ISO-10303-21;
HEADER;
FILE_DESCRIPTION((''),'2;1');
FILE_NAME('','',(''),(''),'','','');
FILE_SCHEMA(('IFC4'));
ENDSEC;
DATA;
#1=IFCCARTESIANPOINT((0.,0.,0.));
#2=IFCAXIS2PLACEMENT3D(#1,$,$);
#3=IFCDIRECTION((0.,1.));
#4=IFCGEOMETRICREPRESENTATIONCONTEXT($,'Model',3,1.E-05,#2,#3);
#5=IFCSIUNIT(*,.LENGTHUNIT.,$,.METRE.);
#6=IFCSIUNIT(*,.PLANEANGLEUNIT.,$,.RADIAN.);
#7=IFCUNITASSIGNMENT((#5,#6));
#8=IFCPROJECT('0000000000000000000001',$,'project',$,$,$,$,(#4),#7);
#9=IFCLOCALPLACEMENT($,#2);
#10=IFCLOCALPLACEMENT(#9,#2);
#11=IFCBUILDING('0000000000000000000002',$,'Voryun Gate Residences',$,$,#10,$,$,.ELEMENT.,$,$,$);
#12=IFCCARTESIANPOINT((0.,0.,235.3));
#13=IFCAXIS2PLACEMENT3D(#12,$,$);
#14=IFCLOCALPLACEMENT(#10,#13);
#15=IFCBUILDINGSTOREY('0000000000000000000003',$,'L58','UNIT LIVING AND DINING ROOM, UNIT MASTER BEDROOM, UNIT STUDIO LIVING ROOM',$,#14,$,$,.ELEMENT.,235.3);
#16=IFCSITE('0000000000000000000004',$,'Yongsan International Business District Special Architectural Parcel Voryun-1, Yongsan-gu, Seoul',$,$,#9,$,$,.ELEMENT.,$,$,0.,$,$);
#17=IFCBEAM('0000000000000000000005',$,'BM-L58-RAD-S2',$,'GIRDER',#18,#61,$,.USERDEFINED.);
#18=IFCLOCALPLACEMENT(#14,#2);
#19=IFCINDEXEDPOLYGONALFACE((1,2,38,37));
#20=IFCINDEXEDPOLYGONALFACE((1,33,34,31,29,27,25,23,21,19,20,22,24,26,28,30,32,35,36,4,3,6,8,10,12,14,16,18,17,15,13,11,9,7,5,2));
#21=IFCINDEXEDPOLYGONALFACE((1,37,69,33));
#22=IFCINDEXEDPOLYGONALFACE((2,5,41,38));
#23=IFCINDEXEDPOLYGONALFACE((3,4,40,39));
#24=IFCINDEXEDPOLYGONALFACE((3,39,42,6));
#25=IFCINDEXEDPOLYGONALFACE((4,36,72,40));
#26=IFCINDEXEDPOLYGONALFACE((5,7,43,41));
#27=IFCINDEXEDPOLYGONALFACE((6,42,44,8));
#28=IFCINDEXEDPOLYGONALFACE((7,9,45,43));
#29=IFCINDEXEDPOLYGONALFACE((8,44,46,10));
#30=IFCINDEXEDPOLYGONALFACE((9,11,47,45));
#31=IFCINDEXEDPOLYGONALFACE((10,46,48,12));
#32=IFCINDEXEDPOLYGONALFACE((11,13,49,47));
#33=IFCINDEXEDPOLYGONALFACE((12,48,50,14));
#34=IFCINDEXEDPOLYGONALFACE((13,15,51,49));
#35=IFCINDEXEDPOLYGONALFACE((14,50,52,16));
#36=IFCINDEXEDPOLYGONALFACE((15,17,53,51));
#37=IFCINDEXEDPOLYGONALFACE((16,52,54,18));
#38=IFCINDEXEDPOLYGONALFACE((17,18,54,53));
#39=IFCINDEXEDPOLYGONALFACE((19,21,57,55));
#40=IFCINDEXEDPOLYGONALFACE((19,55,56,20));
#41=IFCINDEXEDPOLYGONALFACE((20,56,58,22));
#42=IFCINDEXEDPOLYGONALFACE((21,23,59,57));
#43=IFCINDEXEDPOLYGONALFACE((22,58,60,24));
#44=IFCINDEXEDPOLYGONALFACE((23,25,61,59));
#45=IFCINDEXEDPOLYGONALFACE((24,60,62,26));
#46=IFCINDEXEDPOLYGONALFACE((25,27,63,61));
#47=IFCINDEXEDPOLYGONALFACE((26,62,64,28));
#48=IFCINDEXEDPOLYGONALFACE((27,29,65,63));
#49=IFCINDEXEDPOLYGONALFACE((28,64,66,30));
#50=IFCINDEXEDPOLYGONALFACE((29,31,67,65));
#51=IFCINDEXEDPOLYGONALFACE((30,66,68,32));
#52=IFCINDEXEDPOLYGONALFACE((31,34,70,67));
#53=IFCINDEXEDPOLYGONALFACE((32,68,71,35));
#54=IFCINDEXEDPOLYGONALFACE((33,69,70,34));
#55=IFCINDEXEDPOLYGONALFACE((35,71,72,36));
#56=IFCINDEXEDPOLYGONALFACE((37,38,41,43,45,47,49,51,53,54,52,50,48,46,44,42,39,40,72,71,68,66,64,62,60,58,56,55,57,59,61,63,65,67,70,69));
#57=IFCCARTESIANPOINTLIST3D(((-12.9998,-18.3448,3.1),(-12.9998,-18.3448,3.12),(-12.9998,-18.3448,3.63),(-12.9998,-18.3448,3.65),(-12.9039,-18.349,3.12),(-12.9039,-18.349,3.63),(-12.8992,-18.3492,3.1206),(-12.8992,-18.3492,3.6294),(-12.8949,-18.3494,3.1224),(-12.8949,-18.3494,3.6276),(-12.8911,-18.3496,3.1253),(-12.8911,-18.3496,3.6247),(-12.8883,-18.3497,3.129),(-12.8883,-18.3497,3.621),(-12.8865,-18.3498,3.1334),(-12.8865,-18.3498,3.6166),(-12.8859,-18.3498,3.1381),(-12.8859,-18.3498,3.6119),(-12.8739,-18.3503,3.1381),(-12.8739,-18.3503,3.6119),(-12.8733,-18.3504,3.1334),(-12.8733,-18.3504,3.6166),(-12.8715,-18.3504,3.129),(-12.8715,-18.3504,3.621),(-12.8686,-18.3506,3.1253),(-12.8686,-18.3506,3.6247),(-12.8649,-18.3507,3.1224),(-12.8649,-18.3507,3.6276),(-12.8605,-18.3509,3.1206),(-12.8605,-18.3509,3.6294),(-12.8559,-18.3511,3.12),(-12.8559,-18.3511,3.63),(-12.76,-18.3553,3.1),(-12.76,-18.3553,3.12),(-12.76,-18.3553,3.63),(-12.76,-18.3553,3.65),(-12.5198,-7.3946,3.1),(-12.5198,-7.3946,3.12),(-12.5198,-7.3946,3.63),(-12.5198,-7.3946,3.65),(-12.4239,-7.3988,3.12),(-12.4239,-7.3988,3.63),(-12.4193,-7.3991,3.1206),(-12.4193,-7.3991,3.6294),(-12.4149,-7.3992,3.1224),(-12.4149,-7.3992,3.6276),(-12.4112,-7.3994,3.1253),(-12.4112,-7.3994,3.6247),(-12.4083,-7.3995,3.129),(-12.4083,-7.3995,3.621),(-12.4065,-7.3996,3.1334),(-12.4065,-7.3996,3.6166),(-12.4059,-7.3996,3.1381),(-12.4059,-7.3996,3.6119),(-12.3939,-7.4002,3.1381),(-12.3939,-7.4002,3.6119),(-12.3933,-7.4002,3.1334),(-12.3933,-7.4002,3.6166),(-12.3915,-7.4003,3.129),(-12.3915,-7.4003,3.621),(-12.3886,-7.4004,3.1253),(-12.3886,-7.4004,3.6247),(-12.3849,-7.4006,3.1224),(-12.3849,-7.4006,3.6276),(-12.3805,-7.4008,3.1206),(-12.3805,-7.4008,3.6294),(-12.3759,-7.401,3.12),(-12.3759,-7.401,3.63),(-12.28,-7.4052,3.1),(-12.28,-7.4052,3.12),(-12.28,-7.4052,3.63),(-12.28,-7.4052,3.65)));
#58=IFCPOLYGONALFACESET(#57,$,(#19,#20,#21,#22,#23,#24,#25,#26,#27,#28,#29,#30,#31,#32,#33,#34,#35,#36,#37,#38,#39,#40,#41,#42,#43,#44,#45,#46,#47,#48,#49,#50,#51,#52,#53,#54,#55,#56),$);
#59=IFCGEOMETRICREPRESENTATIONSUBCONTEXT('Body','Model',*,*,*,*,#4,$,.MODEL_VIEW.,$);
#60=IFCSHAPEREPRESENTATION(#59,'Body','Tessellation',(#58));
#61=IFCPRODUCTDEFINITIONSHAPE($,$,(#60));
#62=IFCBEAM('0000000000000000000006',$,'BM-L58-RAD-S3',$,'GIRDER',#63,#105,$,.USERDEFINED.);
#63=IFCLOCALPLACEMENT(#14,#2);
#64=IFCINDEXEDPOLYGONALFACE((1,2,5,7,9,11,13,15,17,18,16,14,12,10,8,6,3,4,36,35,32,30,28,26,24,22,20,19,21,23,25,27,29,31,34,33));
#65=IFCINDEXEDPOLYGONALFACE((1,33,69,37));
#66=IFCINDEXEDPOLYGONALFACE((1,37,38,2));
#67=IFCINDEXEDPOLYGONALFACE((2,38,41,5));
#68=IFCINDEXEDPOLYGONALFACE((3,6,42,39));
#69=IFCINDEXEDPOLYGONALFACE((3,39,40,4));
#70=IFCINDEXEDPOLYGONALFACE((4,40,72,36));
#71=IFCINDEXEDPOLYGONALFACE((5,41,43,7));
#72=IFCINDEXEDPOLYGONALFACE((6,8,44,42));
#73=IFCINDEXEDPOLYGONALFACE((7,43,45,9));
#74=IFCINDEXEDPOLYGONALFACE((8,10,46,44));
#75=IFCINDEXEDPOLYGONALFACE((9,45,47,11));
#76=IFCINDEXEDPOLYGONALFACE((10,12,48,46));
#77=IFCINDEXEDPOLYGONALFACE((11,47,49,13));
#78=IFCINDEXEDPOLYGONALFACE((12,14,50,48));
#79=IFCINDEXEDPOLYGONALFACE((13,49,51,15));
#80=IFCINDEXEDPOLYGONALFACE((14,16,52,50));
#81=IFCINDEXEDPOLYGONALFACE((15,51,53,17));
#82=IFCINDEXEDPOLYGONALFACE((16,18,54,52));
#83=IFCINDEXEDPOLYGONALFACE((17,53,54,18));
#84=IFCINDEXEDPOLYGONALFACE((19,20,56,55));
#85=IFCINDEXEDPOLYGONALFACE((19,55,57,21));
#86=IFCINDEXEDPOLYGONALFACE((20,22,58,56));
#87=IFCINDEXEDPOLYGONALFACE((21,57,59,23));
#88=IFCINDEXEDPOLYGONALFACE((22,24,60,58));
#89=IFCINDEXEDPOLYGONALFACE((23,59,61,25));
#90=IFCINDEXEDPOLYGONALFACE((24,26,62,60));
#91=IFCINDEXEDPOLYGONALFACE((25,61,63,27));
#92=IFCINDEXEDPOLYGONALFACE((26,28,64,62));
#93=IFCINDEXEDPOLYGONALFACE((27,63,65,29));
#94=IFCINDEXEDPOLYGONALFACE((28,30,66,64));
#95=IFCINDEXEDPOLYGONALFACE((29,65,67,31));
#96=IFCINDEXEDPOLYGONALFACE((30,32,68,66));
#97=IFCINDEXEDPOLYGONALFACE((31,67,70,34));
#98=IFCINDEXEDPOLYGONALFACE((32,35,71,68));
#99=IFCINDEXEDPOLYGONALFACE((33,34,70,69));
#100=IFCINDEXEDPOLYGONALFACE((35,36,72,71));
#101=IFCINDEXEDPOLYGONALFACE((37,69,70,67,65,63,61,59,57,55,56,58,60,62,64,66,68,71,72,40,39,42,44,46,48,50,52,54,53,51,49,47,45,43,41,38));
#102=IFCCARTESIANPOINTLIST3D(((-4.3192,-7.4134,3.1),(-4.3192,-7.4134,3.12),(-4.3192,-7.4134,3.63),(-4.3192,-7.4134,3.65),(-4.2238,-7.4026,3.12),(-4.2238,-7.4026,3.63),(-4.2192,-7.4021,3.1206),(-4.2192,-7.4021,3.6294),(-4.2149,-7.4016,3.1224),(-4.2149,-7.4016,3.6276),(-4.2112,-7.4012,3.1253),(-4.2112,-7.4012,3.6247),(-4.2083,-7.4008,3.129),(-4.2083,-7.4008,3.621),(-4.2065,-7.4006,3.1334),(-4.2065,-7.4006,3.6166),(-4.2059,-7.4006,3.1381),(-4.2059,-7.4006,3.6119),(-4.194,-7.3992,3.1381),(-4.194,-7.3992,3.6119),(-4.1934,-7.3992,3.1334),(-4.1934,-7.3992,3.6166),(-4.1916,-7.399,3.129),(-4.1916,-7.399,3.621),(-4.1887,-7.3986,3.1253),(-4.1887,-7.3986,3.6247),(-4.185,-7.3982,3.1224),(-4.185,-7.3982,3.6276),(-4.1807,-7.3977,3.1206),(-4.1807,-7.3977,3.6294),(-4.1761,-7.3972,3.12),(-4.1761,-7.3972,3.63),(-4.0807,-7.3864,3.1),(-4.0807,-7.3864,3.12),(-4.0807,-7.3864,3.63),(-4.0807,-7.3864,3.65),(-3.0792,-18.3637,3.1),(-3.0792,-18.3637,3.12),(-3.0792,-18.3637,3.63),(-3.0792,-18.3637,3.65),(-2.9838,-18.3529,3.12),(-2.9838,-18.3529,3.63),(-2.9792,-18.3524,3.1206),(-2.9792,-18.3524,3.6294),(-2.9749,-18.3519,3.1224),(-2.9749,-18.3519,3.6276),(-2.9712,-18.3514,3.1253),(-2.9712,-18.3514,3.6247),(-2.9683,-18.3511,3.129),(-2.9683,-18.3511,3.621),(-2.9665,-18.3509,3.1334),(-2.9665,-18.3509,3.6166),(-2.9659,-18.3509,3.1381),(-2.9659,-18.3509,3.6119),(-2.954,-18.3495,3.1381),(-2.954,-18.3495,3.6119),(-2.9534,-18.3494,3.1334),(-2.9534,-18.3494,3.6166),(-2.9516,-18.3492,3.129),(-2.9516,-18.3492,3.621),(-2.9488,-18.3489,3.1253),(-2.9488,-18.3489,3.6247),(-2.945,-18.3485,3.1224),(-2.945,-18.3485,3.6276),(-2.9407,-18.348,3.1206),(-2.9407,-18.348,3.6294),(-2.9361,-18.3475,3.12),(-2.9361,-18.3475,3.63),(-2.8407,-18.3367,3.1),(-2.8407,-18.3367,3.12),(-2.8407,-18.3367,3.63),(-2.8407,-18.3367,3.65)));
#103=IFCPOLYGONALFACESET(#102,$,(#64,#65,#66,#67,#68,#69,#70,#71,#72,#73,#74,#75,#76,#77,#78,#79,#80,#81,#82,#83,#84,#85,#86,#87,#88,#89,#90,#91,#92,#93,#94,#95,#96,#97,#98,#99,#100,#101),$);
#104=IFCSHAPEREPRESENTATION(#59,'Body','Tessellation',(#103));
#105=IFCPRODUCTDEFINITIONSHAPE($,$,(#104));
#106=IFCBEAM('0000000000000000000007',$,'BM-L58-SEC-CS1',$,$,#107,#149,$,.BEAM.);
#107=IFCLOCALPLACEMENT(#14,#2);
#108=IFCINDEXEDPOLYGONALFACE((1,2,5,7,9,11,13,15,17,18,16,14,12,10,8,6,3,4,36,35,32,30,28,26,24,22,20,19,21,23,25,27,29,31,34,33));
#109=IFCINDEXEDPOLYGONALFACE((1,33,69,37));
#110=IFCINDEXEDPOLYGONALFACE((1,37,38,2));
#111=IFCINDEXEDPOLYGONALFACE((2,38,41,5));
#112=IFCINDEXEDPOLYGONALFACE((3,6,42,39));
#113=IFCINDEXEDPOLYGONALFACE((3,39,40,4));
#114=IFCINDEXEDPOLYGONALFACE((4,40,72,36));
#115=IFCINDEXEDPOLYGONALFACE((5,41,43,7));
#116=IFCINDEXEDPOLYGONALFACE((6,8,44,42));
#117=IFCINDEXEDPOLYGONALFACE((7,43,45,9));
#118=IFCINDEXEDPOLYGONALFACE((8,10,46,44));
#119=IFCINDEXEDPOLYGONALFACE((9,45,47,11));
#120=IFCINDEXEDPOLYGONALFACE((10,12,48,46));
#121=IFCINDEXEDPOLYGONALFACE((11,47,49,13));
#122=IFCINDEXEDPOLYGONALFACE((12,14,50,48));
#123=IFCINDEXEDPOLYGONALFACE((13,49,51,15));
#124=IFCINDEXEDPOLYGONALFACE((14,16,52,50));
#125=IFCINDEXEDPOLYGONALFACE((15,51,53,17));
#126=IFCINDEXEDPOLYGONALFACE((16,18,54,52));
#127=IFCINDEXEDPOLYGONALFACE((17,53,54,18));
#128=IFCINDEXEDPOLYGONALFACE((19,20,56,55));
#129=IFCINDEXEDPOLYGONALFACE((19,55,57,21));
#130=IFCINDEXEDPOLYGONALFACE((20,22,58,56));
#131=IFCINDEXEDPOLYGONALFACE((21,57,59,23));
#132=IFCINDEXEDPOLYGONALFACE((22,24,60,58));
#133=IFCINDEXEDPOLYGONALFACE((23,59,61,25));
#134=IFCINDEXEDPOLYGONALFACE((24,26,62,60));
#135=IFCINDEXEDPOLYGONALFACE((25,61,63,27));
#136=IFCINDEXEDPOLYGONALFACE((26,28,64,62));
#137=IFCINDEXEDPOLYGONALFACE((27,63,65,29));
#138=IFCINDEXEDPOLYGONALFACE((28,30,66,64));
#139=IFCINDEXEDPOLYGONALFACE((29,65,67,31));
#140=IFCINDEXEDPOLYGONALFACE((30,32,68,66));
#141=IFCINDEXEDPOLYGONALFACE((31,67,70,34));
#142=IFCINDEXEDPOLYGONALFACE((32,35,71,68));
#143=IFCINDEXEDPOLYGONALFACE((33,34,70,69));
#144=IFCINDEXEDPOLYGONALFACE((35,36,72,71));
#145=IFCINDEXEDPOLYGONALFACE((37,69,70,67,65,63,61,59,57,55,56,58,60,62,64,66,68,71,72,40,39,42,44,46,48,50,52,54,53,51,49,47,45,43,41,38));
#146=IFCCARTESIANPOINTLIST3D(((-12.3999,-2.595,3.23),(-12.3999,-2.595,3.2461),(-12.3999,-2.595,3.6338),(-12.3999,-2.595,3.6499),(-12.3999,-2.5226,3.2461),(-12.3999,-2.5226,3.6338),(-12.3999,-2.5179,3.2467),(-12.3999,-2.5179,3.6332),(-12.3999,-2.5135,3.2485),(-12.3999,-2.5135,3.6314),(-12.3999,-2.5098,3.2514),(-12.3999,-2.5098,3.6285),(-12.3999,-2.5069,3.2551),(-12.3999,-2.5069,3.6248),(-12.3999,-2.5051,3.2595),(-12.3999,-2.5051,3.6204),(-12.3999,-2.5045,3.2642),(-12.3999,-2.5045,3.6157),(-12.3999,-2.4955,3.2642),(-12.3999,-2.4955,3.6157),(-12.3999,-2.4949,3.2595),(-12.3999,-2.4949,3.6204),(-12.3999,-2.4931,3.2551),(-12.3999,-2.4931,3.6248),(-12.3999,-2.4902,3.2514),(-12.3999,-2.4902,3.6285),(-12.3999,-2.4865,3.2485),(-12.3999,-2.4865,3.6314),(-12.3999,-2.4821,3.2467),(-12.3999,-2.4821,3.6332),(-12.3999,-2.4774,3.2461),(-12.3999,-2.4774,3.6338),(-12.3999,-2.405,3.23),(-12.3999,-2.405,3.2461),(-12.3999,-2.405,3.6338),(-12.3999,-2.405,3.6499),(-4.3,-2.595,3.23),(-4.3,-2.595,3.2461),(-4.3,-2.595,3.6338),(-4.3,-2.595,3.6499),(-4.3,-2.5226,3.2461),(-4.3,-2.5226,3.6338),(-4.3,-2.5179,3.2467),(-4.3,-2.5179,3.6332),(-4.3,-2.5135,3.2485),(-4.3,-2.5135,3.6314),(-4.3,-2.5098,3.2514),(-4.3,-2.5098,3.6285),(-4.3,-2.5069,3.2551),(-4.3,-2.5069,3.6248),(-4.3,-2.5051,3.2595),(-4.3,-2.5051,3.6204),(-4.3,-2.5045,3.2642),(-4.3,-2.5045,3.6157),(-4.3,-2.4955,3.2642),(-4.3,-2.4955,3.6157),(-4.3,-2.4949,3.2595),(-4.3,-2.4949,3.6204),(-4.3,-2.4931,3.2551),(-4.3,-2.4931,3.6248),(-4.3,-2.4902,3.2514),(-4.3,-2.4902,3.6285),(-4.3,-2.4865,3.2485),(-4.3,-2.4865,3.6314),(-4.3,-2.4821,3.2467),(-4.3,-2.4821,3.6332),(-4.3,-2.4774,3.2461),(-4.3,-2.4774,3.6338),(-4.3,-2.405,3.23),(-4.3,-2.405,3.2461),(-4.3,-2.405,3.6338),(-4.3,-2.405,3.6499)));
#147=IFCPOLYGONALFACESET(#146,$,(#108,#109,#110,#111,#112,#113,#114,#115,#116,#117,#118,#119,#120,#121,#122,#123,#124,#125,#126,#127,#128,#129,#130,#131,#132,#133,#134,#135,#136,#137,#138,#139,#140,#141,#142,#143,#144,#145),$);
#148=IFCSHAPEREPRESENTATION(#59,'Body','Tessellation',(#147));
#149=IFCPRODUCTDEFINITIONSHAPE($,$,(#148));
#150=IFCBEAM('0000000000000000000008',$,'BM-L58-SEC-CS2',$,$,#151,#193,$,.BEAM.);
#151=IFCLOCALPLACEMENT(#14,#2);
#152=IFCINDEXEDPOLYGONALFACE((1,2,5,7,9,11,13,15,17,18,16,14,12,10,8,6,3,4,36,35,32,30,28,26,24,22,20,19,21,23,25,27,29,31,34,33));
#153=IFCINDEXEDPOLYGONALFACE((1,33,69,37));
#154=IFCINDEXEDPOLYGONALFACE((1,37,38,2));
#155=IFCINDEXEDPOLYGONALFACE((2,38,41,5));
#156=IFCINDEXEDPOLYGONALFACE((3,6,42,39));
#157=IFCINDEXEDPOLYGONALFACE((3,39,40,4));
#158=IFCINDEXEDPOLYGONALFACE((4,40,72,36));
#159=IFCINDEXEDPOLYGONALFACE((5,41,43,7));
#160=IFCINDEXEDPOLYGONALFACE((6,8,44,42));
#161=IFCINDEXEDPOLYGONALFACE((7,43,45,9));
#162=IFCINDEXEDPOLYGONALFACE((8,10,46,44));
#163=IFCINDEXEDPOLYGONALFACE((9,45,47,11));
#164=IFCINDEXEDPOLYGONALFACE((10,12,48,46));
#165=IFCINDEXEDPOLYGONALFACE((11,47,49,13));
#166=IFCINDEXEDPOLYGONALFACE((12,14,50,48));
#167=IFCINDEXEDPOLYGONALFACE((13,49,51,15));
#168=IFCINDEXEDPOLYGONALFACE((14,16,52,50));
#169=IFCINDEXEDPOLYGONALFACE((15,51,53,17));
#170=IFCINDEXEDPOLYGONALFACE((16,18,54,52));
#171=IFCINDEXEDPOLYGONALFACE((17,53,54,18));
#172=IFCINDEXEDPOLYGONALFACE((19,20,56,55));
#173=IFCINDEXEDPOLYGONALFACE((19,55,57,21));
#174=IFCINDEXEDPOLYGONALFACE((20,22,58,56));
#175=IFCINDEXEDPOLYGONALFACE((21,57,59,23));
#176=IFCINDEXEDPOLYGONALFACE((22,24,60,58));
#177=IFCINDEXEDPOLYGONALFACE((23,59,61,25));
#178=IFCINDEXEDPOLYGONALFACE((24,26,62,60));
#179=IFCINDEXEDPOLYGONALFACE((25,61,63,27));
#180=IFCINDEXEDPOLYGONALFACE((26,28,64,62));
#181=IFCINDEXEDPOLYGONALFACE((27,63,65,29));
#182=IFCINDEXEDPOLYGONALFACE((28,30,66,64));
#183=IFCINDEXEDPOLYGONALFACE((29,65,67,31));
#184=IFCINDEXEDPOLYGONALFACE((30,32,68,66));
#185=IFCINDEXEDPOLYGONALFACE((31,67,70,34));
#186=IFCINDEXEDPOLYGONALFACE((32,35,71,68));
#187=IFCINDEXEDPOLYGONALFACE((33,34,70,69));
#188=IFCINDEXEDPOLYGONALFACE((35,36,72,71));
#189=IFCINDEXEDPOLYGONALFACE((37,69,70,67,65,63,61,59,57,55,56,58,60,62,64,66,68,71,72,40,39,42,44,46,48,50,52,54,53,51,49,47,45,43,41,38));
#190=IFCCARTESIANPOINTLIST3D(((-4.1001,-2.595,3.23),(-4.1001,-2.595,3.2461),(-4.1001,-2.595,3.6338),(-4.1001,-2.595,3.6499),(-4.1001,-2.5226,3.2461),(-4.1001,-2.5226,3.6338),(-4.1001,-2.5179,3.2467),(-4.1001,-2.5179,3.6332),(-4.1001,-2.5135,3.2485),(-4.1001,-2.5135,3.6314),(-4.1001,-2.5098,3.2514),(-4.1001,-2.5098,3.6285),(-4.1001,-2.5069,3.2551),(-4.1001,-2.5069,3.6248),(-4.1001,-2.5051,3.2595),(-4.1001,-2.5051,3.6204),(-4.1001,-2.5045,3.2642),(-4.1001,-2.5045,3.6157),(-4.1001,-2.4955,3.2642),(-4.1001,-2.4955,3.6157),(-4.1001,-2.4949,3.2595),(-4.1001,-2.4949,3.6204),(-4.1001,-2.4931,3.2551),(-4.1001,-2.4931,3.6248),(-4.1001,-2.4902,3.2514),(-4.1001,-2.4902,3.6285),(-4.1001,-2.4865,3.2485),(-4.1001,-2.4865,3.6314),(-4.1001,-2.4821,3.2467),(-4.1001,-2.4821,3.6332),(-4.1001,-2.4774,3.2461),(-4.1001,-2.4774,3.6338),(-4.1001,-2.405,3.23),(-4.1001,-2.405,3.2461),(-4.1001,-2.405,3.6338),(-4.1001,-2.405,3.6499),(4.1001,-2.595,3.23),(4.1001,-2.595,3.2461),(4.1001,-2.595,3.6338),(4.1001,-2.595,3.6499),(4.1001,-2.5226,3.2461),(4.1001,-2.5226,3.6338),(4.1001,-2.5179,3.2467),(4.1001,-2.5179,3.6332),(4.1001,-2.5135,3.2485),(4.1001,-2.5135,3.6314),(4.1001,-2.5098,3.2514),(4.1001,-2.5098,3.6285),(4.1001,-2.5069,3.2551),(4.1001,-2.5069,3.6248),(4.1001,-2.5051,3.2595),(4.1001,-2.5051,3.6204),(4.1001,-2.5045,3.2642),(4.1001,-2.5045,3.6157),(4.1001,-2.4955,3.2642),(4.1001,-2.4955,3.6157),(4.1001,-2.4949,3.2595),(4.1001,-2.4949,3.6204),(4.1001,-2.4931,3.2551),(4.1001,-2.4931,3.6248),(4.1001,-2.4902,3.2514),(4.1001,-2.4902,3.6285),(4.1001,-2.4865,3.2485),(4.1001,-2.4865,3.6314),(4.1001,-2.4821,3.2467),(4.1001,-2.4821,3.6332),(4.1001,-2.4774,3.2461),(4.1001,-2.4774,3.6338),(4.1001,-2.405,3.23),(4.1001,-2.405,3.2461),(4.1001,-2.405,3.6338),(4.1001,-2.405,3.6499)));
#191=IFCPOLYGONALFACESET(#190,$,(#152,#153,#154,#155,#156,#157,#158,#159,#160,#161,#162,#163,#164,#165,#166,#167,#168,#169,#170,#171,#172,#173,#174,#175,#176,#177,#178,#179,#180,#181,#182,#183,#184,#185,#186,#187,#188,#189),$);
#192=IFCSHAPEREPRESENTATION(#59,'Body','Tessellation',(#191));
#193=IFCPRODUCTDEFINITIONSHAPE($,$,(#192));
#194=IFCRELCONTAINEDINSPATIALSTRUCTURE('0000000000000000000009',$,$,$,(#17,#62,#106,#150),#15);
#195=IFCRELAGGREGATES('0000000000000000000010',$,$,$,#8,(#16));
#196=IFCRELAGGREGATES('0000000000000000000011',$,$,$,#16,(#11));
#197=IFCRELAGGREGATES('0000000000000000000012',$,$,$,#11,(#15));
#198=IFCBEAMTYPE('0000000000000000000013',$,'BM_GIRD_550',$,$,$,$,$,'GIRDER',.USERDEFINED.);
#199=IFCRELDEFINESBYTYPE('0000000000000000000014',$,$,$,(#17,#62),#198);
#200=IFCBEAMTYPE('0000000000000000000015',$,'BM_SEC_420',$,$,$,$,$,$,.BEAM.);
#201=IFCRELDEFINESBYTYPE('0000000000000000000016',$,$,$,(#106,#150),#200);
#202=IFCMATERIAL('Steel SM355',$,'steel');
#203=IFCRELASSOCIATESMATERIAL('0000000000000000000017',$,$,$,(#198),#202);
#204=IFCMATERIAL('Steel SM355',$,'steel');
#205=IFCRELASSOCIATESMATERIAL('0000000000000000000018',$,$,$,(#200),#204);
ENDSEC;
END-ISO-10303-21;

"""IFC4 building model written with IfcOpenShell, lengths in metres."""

from ifc_helpers import new_model, si_unit, direction, frame, origin, origin_2d, place, context, subcontext, project, spatial, i_section, extrude, material, material_profile, profile_set, type_object, element, save


model = new_model("IFC4")

# Units and contexts
model_context = context("Model", 3, precision=1e-05, world=origin(), true_north=direction((0.0, 1.0)))
body_context = subcontext(model_context, "Body", "Model", "MODEL_VIEW")
ifc_project = project(units=[si_unit("LENGTHUNIT", "METRE"), si_unit("PLANEANGLEUNIT", "RADIAN")], contexts=[model_context])

# Site, building, storey
site_placement = place(None, origin())
site = spatial("IfcSite", under=ifc_project, at=site_placement, Name="Yongsan International Business District Special Architectural Parcel Voryun-1, Yongsan-gu, Seoul", CompositionType="ELEMENT", RefElevation=0.0)
building_placement = place(site_placement, origin())
building = spatial("IfcBuilding", under=site, at=building_placement, Name="Voryun Gate Residences", CompositionType="ELEMENT")
storey_placement = place(building_placement, frame((0.0, 0.0, 235.3)))
storey = spatial("IfcBuildingStorey", under=building, at=storey_placement, Name="L58", Description="UNIT LIVING AND DINING ROOM, UNIT MASTER BEDROOM, UNIT STUDIO LIVING ROOM", CompositionType="ELEMENT", Elevation=235.3)

# Beams
ifc_material_1 = material(Name="Steel SM355", Category="steel")
ifc_material_profile_1 = material_profile(ifc_material_1, i_section(OverallWidth=0.24, OverallDepth=0.55, WebThickness=0.012, FlangeThickness=0.02, FilletRadius=0.0181, at=origin_2d()), Name="H-550x240x12x20")
ifc_profile_set_1 = profile_set([ifc_material_profile_1], Name="Steel SM355")
beam_type_1 = type_object("IfcBeamType", Name="BM_GIRD_550", ElementType="GIRDER", PredefinedType="USERDEFINED", material=ifc_profile_set_1)
beam_1_placement = place(storey_placement, frame((-12.3999, -7.3999, 3.375), z_axis=(-0.043791, -0.999041, 0.0), x_axis=(0.999041, -0.043791, 0.0)))
element("IfcBeam", 1, at=beam_1_placement, inside=storey, type_object=beam_type_1, Name="BM-L58-RAD-S2", ObjectType="GIRDER", PredefinedType="USERDEFINED", context=body_context, shape_type="SweptSolid", body=[
    extrude(i_section(OverallWidth=0.24, OverallDepth=0.55, WebThickness=0.012, FlangeThickness=0.02, FilletRadius=0.0181, at=origin_2d()), origin(), (0.0, 0.0, 1.0), 10.9607),
])
beam_2_placement = place(storey_placement, frame((-4.2, -7.3999, 3.375), z_axis=(0.11252, -0.993649, 0.0), x_axis=(0.993649, 0.11252, 0.0)))
element("IfcBeam", 2, at=beam_2_placement, inside=storey, type_object=beam_type_1, Name="BM-L58-RAD-S3", ObjectType="GIRDER", PredefinedType="USERDEFINED", context=body_context, shape_type="SweptSolid", body=[
    extrude(i_section(OverallWidth=0.24, OverallDepth=0.55, WebThickness=0.012, FlangeThickness=0.02, FilletRadius=0.0181, at=origin_2d()), origin(), (0.0, 0.0, 1.0), 11.0203),
])
ifc_material_2 = material(Name="Steel SM355", Category="steel")
ifc_material_profile_2 = material_profile(ifc_material_2, i_section(OverallWidth=0.1899, OverallDepth=0.4199, WebThickness=0.009, FlangeThickness=0.0161, FilletRadius=0.0181, at=origin_2d()), Name="H-420x190x9x16")
ifc_profile_set_2 = profile_set([ifc_material_profile_2], Name="Steel SM355")
beam_type_2 = type_object("IfcBeamType", Name="BM_SEC_420", PredefinedType="BEAM", material=ifc_profile_set_2)
beam_3_placement = place(storey_placement, frame((-12.3999, -2.5, 3.4399), z_axis=(1.0, 0.0, 0.0), x_axis=(0.0, 1.0, 0.0)))
element("IfcBeam", 3, at=beam_3_placement, inside=storey, type_object=beam_type_2, Name="BM-L58-SEC-CS1", PredefinedType="BEAM", context=body_context, shape_type="SweptSolid", body=[
    extrude(i_section(OverallWidth=0.1899, OverallDepth=0.4199, WebThickness=0.009, FlangeThickness=0.0161, FilletRadius=0.0181, at=origin_2d()), origin(), (0.0, 0.0, 1.0), 8.0999),
])
beam_4_placement = place(storey_placement, frame((-4.1001, -2.5, 3.4399), z_axis=(1.0, 0.0, 0.0), x_axis=(0.0, 1.0, 0.0)))
element("IfcBeam", 4, at=beam_4_placement, inside=storey, type_object=beam_type_2, Name="BM-L58-SEC-CS2", PredefinedType="BEAM", context=body_context, shape_type="SweptSolid", body=[
    extrude(i_section(OverallWidth=0.1899, OverallDepth=0.4199, WebThickness=0.009, FlangeThickness=0.0161, FilletRadius=0.0181, at=origin_2d()), origin(), (0.0, 0.0, 1.0), 8.2002),
])

save(model, "model.ifc")
